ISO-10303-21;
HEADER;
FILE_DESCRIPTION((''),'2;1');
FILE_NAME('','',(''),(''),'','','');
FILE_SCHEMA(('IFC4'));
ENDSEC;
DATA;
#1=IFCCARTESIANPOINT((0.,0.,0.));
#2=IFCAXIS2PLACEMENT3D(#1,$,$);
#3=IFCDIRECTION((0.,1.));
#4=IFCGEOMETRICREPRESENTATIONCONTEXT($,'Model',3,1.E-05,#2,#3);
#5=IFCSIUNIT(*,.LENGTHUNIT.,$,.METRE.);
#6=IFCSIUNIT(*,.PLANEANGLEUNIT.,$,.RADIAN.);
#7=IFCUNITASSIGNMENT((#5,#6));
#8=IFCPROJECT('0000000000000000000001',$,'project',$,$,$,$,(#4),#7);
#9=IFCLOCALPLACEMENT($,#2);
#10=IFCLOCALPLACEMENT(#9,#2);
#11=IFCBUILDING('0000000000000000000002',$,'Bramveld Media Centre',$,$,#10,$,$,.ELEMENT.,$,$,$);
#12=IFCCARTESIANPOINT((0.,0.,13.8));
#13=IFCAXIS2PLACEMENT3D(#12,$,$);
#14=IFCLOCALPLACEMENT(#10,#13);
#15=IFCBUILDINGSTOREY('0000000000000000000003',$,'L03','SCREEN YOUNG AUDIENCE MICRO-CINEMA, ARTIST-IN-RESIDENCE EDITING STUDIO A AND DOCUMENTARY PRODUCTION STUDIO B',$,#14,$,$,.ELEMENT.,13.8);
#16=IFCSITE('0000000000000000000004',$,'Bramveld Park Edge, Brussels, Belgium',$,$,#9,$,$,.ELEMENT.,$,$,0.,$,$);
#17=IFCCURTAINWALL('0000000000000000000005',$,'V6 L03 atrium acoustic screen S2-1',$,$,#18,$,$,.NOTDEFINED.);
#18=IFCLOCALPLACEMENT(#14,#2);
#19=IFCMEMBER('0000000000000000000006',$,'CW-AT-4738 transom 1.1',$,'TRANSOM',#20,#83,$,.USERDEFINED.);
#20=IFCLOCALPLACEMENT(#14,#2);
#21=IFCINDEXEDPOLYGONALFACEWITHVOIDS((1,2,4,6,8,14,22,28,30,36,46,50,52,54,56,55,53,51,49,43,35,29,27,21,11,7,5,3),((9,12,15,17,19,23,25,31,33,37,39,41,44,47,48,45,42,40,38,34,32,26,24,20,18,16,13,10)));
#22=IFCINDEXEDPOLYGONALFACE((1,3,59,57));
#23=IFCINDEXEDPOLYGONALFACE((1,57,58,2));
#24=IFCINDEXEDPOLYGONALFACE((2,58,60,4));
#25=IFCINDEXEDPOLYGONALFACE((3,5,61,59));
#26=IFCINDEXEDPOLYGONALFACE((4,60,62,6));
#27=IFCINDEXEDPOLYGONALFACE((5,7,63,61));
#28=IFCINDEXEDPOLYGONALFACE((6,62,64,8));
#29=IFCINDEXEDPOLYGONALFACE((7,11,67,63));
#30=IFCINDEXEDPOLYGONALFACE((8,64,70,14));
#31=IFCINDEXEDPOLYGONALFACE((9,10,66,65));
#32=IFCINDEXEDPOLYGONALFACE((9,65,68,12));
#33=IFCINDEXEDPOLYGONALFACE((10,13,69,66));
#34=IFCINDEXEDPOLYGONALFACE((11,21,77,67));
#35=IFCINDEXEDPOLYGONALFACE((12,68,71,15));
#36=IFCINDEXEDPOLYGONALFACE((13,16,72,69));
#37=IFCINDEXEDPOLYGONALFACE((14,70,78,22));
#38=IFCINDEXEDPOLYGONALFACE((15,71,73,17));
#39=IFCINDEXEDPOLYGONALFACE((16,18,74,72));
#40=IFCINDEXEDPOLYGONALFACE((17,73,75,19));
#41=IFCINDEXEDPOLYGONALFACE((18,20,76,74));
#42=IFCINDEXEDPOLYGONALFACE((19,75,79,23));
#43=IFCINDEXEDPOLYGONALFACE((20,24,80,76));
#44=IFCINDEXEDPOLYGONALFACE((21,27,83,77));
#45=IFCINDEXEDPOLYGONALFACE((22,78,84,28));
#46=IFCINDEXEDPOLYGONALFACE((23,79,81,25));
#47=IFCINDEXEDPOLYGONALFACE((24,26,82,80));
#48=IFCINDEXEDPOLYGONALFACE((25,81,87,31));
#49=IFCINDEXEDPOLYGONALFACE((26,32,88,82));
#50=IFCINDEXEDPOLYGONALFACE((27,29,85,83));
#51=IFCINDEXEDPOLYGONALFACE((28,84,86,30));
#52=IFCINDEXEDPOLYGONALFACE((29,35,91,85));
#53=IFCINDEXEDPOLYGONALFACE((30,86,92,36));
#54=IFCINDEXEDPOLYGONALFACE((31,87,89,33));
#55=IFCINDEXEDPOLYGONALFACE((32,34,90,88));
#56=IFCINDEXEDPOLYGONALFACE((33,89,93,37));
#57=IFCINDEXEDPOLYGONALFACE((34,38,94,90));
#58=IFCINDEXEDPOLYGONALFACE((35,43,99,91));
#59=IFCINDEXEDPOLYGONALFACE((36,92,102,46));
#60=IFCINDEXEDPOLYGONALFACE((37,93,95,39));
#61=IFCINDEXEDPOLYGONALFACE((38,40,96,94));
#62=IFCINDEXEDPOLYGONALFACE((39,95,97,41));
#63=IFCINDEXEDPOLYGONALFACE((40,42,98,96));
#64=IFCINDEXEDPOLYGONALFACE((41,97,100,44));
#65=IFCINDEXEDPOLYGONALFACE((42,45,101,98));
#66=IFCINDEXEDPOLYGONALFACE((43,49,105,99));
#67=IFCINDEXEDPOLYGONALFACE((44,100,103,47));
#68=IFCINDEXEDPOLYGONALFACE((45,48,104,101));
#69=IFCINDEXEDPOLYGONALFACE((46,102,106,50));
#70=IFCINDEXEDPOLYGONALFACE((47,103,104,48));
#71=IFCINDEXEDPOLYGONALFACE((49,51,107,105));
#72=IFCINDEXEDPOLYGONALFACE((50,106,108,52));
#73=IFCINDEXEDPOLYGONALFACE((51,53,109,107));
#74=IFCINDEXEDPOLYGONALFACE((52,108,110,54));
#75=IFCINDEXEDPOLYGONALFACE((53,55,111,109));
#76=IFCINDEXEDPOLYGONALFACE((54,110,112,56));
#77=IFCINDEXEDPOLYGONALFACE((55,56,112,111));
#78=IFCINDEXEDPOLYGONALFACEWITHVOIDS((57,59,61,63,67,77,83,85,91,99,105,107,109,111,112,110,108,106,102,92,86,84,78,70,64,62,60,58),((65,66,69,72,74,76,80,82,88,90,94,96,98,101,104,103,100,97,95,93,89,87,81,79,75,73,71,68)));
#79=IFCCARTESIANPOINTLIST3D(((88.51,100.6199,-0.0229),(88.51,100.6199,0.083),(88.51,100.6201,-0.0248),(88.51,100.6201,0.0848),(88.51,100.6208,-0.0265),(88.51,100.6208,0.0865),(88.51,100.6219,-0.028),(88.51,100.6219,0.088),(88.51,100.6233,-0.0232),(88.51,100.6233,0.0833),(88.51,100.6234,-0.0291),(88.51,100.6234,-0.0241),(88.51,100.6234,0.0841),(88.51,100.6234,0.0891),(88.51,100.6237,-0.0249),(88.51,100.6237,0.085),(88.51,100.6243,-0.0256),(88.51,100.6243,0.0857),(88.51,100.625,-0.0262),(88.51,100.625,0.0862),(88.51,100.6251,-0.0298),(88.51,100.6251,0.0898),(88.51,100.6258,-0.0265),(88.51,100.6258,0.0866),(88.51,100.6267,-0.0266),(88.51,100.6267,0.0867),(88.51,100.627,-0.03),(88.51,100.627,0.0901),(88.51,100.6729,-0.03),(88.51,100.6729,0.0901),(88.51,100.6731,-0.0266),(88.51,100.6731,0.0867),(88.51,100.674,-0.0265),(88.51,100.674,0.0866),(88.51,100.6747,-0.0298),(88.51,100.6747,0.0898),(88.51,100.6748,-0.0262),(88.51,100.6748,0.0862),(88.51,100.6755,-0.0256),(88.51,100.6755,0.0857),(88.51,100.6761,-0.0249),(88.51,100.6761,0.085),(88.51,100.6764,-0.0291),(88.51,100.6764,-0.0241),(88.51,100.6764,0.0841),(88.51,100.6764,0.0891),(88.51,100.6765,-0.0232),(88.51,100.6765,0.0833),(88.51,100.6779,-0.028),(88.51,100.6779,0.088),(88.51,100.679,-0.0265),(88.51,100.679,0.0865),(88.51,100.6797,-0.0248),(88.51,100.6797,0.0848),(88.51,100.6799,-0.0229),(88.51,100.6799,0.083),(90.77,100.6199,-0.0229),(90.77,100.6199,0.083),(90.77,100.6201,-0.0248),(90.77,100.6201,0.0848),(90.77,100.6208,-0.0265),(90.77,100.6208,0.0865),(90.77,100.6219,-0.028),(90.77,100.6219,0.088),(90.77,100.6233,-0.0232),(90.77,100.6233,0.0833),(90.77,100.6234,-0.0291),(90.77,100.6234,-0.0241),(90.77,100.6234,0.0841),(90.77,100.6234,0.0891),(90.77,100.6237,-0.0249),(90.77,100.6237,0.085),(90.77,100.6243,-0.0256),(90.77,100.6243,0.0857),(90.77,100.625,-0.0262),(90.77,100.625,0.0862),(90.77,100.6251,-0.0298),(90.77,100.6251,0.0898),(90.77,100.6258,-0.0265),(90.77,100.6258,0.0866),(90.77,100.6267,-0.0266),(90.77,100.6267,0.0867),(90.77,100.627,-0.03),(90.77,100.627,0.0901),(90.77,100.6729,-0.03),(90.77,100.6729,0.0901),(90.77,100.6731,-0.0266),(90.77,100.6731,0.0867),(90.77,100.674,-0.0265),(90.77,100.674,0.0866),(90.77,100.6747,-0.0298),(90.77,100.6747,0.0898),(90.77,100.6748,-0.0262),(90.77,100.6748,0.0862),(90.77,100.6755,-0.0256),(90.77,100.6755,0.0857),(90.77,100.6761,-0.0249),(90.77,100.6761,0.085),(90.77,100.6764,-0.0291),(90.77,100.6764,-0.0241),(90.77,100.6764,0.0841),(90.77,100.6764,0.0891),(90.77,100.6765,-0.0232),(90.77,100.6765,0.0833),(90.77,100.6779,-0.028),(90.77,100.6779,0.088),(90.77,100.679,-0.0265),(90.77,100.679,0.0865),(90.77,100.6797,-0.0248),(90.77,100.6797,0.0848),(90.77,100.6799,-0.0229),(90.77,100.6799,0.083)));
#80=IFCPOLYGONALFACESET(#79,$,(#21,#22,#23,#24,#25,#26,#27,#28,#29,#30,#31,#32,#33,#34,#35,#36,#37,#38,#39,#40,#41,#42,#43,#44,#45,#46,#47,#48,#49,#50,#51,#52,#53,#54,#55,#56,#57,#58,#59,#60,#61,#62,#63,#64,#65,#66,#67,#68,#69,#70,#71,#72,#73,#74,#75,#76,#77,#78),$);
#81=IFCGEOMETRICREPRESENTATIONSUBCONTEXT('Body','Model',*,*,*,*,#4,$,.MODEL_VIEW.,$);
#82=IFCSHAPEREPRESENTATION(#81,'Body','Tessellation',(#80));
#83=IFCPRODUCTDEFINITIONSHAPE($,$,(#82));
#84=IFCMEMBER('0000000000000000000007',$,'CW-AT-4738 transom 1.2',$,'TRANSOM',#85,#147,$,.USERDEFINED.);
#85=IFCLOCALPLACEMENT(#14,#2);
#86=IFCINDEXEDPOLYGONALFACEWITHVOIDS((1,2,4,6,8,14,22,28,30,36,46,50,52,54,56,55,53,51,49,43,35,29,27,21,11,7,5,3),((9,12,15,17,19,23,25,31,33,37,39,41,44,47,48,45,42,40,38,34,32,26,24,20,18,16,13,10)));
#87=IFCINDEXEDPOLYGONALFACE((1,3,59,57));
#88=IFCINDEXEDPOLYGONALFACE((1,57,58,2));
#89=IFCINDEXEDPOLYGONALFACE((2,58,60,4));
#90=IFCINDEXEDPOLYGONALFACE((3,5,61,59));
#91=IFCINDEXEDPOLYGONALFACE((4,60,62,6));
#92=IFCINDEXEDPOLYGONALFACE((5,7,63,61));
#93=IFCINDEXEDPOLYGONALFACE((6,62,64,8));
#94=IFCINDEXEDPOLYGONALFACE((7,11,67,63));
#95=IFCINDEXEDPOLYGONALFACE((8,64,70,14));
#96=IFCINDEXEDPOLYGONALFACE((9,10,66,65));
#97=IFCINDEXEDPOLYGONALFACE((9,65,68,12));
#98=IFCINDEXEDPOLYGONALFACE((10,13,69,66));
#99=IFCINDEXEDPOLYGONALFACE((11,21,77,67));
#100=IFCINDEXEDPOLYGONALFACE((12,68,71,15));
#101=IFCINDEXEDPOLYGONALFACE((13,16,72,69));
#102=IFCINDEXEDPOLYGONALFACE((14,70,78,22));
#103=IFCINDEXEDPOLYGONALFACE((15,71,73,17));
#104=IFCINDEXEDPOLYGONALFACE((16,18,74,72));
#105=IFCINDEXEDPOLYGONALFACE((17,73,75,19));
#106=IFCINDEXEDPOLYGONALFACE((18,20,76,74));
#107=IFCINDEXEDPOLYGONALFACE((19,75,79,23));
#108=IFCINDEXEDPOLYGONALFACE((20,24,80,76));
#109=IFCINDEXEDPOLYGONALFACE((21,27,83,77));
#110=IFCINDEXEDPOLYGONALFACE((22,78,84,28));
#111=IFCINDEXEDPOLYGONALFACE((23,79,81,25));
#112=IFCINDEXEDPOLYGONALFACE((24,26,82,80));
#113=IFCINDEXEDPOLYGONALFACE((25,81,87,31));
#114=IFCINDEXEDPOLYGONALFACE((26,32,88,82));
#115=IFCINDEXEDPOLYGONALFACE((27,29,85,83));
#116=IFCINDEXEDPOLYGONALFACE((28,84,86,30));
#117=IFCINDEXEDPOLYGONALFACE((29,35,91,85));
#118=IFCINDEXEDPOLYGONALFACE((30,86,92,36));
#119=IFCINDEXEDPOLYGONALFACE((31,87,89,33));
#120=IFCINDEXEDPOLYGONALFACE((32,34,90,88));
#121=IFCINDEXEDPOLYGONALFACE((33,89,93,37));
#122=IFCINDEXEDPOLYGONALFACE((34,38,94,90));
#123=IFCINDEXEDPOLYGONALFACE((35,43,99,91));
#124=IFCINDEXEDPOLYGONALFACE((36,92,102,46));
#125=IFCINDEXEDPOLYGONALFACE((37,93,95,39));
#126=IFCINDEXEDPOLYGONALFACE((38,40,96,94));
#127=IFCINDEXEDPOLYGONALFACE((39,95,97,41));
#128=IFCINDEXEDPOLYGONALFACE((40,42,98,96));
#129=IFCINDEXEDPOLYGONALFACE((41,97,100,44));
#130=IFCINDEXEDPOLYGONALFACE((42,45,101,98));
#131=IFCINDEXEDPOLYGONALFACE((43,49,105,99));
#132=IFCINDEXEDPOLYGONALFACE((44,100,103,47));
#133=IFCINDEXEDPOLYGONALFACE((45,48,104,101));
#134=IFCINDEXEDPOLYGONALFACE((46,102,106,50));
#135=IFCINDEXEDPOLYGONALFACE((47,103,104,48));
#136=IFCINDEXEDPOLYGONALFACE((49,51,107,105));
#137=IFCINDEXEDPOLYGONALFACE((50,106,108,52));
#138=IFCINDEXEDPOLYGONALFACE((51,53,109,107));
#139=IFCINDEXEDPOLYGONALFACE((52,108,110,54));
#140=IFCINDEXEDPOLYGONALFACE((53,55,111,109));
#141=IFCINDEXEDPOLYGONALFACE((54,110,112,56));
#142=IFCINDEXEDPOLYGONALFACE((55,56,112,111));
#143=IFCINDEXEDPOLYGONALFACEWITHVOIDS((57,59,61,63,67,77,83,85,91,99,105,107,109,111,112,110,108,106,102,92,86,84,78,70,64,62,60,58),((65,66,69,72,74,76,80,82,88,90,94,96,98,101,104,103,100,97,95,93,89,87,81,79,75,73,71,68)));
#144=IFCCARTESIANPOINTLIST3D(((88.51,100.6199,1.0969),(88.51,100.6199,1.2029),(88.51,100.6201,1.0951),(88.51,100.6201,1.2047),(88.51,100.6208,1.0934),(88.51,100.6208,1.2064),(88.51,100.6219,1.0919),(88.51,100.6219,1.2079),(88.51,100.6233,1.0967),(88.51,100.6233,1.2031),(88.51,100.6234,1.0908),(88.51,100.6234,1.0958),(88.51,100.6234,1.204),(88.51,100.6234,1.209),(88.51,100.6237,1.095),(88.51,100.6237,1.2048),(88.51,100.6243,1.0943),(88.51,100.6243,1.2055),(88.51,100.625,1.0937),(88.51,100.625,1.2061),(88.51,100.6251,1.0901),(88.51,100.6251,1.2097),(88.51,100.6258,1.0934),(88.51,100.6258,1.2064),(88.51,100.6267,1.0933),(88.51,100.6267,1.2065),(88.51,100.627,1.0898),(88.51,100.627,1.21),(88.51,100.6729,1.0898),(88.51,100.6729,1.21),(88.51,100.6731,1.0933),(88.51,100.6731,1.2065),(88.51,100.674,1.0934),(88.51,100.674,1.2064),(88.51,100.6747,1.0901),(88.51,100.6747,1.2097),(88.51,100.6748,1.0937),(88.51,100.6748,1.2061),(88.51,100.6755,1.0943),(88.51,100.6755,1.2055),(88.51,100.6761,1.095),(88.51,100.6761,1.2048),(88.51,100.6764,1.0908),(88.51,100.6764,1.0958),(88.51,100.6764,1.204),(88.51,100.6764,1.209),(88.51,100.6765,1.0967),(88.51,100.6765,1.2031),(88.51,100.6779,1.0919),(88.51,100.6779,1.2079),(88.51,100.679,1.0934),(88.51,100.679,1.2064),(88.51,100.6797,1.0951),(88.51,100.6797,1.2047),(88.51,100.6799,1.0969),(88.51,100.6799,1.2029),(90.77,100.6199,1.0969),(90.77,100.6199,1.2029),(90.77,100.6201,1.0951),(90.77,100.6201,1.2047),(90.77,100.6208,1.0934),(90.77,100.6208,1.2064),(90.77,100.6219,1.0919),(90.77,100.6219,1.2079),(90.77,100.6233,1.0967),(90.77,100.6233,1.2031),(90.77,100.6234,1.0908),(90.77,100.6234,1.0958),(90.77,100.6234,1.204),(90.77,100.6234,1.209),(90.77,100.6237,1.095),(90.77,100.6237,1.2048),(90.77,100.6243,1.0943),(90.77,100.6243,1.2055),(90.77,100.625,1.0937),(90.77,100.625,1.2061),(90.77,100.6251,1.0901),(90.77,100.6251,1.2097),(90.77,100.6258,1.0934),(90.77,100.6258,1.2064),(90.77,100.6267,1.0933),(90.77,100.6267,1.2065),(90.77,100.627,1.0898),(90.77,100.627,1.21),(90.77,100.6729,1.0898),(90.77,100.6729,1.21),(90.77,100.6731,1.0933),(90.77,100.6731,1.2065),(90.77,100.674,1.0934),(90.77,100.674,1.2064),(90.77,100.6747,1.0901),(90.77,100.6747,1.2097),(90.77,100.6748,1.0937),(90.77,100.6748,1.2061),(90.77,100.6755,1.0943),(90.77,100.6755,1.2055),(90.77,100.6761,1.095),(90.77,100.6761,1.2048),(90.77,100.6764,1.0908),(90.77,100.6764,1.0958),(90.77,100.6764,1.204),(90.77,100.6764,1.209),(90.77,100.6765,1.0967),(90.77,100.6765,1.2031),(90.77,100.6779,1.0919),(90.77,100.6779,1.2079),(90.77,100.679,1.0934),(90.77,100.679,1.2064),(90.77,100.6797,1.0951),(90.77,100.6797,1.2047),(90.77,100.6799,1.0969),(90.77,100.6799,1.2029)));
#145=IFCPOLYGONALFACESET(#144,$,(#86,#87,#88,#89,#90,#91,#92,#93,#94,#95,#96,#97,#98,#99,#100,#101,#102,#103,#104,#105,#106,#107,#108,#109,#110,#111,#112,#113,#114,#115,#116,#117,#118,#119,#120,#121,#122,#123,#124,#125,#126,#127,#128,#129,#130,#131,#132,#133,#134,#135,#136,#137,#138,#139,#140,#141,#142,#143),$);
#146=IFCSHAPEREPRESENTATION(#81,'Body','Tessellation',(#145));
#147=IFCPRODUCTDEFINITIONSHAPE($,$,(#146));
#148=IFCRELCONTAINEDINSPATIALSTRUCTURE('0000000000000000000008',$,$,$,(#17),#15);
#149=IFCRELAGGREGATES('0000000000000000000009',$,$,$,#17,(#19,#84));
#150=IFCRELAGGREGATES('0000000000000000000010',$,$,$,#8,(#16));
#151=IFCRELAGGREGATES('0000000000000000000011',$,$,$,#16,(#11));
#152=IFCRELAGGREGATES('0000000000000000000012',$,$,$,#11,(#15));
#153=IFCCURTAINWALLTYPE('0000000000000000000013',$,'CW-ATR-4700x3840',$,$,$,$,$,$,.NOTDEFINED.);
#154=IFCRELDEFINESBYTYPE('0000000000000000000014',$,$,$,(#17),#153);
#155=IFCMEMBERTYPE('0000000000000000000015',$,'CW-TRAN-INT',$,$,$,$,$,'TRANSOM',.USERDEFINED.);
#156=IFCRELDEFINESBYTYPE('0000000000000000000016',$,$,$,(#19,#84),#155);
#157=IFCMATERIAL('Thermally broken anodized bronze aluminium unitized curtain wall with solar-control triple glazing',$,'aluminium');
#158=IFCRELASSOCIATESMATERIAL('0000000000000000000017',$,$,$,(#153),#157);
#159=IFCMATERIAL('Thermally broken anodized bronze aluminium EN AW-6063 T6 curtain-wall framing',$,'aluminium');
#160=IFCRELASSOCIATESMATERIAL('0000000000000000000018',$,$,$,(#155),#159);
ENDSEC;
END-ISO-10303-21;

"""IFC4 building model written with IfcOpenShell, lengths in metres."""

from ifc_helpers import new_model, si_unit, direction, frame, origin, origin_2d, place, context, subcontext, project, spatial, hollow_rectangle, extrude, material, material_profile, profile_set, type_object, element, aggregate, save


model = new_model("IFC4")

# Units and contexts
model_context = context("Model", 3, precision=1e-05, world=origin(), true_north=direction((0.0, 1.0)))
body_context = subcontext(model_context, "Body", "Model", "MODEL_VIEW")
ifc_project = project(units=[si_unit("LENGTHUNIT", "METRE"), si_unit("PLANEANGLEUNIT", "RADIAN")], contexts=[model_context])

# Site, building, storey
site_placement = place(None, origin())
site = spatial("IfcSite", under=ifc_project, at=site_placement, Name="Bramveld Park Edge, Brussels, Belgium", CompositionType="ELEMENT", RefElevation=0.0)
building_placement = place(site_placement, origin())
building = spatial("IfcBuilding", under=site, at=building_placement, Name="Bramveld Media Centre", CompositionType="ELEMENT")
storey_placement = place(building_placement, frame((0.0, 0.0, 13.8)))
storey = spatial("IfcBuildingStorey", under=building, at=storey_placement, Name="L03", Description="SCREEN YOUNG AUDIENCE MICRO-CINEMA, ARTIST-IN-RESIDENCE EDITING STUDIO A AND DOCUMENTARY PRODUCTION STUDIO B", CompositionType="ELEMENT", Elevation=13.8)

# Shared definitions
ifc_material_1 = material(Name="Thermally broken anodized bronze aluminium unitized curtain wall with solar-control triple glazing", Category="aluminium")
curtain_wall_type = type_object("IfcCurtainWallType", Name="CW-ATR-4700x3840", PredefinedType="NOTDEFINED", material=ifc_material_1)

# Curtain wall, members
curtain_wall_1_placement = place(storey_placement, origin())
curtain_wall_1 = element("IfcCurtainWall", 1, at=curtain_wall_1_placement, inside=storey, type_object=curtain_wall_type, Name="V6 L03 atrium acoustic screen S2-1", PredefinedType="NOTDEFINED")
ifc_material_2 = material(Name="Thermally broken anodized bronze aluminium EN AW-6063 T6 curtain-wall framing", Category="aluminium")
ifc_material_profile_1 = material_profile(ifc_material_2, hollow_rectangle(XDim=0.0601, YDim=0.1201, WallThickness=0.0034, InnerFilletRadius=0.0034, OuterFilletRadius=0.0071, at=origin_2d()), Name="AL-TRAN 60x120")
ifc_profile_set_1 = profile_set([ifc_material_profile_1], Name="Thermally broken anodized bronze aluminium EN AW-6063 T6 curtain-wall framing")
member_type_1 = type_object("IfcMemberType", Name="CW-TRAN-INT", ElementType="TRANSOM", PredefinedType="USERDEFINED", material=ifc_profile_set_1)
member_1_placement = place(storey_placement, frame((88.51, 100.6499, 0.03), z_axis=(1.0, 0.0, 0.0), x_axis=(0.0, 1.0, 0.0)))
member_1 = element("IfcMember", 2, at=member_1_placement, type_object=member_type_1, Name="CW-AT-4738 transom 1.1", ObjectType="TRANSOM", PredefinedType="USERDEFINED", context=body_context, shape_type="SweptSolid", body=[
    extrude(hollow_rectangle(XDim=0.0601, YDim=0.1201, WallThickness=0.0034, InnerFilletRadius=0.0034, OuterFilletRadius=0.0071, at=origin_2d()), origin(), (0.0, 0.0, 1.0), 2.26),
])
member_2_placement = place(storey_placement, frame((88.51, 100.6499, 1.1499), z_axis=(1.0, 0.0, 0.0), x_axis=(0.0, 1.0, 0.0)))
member_2 = element("IfcMember", 3, at=member_2_placement, type_object=member_type_1, Name="CW-AT-4738 transom 1.2", ObjectType="TRANSOM", PredefinedType="USERDEFINED", context=body_context, shape_type="SweptSolid", body=[
    extrude(hollow_rectangle(XDim=0.0601, YDim=0.1201, WallThickness=0.0034, InnerFilletRadius=0.0034, OuterFilletRadius=0.0071, at=origin_2d()), origin(), (0.0, 0.0, 1.0), 2.26),
])
aggregate(curtain_wall_1, [member_1, member_2])

save(model, "model.ifc")
